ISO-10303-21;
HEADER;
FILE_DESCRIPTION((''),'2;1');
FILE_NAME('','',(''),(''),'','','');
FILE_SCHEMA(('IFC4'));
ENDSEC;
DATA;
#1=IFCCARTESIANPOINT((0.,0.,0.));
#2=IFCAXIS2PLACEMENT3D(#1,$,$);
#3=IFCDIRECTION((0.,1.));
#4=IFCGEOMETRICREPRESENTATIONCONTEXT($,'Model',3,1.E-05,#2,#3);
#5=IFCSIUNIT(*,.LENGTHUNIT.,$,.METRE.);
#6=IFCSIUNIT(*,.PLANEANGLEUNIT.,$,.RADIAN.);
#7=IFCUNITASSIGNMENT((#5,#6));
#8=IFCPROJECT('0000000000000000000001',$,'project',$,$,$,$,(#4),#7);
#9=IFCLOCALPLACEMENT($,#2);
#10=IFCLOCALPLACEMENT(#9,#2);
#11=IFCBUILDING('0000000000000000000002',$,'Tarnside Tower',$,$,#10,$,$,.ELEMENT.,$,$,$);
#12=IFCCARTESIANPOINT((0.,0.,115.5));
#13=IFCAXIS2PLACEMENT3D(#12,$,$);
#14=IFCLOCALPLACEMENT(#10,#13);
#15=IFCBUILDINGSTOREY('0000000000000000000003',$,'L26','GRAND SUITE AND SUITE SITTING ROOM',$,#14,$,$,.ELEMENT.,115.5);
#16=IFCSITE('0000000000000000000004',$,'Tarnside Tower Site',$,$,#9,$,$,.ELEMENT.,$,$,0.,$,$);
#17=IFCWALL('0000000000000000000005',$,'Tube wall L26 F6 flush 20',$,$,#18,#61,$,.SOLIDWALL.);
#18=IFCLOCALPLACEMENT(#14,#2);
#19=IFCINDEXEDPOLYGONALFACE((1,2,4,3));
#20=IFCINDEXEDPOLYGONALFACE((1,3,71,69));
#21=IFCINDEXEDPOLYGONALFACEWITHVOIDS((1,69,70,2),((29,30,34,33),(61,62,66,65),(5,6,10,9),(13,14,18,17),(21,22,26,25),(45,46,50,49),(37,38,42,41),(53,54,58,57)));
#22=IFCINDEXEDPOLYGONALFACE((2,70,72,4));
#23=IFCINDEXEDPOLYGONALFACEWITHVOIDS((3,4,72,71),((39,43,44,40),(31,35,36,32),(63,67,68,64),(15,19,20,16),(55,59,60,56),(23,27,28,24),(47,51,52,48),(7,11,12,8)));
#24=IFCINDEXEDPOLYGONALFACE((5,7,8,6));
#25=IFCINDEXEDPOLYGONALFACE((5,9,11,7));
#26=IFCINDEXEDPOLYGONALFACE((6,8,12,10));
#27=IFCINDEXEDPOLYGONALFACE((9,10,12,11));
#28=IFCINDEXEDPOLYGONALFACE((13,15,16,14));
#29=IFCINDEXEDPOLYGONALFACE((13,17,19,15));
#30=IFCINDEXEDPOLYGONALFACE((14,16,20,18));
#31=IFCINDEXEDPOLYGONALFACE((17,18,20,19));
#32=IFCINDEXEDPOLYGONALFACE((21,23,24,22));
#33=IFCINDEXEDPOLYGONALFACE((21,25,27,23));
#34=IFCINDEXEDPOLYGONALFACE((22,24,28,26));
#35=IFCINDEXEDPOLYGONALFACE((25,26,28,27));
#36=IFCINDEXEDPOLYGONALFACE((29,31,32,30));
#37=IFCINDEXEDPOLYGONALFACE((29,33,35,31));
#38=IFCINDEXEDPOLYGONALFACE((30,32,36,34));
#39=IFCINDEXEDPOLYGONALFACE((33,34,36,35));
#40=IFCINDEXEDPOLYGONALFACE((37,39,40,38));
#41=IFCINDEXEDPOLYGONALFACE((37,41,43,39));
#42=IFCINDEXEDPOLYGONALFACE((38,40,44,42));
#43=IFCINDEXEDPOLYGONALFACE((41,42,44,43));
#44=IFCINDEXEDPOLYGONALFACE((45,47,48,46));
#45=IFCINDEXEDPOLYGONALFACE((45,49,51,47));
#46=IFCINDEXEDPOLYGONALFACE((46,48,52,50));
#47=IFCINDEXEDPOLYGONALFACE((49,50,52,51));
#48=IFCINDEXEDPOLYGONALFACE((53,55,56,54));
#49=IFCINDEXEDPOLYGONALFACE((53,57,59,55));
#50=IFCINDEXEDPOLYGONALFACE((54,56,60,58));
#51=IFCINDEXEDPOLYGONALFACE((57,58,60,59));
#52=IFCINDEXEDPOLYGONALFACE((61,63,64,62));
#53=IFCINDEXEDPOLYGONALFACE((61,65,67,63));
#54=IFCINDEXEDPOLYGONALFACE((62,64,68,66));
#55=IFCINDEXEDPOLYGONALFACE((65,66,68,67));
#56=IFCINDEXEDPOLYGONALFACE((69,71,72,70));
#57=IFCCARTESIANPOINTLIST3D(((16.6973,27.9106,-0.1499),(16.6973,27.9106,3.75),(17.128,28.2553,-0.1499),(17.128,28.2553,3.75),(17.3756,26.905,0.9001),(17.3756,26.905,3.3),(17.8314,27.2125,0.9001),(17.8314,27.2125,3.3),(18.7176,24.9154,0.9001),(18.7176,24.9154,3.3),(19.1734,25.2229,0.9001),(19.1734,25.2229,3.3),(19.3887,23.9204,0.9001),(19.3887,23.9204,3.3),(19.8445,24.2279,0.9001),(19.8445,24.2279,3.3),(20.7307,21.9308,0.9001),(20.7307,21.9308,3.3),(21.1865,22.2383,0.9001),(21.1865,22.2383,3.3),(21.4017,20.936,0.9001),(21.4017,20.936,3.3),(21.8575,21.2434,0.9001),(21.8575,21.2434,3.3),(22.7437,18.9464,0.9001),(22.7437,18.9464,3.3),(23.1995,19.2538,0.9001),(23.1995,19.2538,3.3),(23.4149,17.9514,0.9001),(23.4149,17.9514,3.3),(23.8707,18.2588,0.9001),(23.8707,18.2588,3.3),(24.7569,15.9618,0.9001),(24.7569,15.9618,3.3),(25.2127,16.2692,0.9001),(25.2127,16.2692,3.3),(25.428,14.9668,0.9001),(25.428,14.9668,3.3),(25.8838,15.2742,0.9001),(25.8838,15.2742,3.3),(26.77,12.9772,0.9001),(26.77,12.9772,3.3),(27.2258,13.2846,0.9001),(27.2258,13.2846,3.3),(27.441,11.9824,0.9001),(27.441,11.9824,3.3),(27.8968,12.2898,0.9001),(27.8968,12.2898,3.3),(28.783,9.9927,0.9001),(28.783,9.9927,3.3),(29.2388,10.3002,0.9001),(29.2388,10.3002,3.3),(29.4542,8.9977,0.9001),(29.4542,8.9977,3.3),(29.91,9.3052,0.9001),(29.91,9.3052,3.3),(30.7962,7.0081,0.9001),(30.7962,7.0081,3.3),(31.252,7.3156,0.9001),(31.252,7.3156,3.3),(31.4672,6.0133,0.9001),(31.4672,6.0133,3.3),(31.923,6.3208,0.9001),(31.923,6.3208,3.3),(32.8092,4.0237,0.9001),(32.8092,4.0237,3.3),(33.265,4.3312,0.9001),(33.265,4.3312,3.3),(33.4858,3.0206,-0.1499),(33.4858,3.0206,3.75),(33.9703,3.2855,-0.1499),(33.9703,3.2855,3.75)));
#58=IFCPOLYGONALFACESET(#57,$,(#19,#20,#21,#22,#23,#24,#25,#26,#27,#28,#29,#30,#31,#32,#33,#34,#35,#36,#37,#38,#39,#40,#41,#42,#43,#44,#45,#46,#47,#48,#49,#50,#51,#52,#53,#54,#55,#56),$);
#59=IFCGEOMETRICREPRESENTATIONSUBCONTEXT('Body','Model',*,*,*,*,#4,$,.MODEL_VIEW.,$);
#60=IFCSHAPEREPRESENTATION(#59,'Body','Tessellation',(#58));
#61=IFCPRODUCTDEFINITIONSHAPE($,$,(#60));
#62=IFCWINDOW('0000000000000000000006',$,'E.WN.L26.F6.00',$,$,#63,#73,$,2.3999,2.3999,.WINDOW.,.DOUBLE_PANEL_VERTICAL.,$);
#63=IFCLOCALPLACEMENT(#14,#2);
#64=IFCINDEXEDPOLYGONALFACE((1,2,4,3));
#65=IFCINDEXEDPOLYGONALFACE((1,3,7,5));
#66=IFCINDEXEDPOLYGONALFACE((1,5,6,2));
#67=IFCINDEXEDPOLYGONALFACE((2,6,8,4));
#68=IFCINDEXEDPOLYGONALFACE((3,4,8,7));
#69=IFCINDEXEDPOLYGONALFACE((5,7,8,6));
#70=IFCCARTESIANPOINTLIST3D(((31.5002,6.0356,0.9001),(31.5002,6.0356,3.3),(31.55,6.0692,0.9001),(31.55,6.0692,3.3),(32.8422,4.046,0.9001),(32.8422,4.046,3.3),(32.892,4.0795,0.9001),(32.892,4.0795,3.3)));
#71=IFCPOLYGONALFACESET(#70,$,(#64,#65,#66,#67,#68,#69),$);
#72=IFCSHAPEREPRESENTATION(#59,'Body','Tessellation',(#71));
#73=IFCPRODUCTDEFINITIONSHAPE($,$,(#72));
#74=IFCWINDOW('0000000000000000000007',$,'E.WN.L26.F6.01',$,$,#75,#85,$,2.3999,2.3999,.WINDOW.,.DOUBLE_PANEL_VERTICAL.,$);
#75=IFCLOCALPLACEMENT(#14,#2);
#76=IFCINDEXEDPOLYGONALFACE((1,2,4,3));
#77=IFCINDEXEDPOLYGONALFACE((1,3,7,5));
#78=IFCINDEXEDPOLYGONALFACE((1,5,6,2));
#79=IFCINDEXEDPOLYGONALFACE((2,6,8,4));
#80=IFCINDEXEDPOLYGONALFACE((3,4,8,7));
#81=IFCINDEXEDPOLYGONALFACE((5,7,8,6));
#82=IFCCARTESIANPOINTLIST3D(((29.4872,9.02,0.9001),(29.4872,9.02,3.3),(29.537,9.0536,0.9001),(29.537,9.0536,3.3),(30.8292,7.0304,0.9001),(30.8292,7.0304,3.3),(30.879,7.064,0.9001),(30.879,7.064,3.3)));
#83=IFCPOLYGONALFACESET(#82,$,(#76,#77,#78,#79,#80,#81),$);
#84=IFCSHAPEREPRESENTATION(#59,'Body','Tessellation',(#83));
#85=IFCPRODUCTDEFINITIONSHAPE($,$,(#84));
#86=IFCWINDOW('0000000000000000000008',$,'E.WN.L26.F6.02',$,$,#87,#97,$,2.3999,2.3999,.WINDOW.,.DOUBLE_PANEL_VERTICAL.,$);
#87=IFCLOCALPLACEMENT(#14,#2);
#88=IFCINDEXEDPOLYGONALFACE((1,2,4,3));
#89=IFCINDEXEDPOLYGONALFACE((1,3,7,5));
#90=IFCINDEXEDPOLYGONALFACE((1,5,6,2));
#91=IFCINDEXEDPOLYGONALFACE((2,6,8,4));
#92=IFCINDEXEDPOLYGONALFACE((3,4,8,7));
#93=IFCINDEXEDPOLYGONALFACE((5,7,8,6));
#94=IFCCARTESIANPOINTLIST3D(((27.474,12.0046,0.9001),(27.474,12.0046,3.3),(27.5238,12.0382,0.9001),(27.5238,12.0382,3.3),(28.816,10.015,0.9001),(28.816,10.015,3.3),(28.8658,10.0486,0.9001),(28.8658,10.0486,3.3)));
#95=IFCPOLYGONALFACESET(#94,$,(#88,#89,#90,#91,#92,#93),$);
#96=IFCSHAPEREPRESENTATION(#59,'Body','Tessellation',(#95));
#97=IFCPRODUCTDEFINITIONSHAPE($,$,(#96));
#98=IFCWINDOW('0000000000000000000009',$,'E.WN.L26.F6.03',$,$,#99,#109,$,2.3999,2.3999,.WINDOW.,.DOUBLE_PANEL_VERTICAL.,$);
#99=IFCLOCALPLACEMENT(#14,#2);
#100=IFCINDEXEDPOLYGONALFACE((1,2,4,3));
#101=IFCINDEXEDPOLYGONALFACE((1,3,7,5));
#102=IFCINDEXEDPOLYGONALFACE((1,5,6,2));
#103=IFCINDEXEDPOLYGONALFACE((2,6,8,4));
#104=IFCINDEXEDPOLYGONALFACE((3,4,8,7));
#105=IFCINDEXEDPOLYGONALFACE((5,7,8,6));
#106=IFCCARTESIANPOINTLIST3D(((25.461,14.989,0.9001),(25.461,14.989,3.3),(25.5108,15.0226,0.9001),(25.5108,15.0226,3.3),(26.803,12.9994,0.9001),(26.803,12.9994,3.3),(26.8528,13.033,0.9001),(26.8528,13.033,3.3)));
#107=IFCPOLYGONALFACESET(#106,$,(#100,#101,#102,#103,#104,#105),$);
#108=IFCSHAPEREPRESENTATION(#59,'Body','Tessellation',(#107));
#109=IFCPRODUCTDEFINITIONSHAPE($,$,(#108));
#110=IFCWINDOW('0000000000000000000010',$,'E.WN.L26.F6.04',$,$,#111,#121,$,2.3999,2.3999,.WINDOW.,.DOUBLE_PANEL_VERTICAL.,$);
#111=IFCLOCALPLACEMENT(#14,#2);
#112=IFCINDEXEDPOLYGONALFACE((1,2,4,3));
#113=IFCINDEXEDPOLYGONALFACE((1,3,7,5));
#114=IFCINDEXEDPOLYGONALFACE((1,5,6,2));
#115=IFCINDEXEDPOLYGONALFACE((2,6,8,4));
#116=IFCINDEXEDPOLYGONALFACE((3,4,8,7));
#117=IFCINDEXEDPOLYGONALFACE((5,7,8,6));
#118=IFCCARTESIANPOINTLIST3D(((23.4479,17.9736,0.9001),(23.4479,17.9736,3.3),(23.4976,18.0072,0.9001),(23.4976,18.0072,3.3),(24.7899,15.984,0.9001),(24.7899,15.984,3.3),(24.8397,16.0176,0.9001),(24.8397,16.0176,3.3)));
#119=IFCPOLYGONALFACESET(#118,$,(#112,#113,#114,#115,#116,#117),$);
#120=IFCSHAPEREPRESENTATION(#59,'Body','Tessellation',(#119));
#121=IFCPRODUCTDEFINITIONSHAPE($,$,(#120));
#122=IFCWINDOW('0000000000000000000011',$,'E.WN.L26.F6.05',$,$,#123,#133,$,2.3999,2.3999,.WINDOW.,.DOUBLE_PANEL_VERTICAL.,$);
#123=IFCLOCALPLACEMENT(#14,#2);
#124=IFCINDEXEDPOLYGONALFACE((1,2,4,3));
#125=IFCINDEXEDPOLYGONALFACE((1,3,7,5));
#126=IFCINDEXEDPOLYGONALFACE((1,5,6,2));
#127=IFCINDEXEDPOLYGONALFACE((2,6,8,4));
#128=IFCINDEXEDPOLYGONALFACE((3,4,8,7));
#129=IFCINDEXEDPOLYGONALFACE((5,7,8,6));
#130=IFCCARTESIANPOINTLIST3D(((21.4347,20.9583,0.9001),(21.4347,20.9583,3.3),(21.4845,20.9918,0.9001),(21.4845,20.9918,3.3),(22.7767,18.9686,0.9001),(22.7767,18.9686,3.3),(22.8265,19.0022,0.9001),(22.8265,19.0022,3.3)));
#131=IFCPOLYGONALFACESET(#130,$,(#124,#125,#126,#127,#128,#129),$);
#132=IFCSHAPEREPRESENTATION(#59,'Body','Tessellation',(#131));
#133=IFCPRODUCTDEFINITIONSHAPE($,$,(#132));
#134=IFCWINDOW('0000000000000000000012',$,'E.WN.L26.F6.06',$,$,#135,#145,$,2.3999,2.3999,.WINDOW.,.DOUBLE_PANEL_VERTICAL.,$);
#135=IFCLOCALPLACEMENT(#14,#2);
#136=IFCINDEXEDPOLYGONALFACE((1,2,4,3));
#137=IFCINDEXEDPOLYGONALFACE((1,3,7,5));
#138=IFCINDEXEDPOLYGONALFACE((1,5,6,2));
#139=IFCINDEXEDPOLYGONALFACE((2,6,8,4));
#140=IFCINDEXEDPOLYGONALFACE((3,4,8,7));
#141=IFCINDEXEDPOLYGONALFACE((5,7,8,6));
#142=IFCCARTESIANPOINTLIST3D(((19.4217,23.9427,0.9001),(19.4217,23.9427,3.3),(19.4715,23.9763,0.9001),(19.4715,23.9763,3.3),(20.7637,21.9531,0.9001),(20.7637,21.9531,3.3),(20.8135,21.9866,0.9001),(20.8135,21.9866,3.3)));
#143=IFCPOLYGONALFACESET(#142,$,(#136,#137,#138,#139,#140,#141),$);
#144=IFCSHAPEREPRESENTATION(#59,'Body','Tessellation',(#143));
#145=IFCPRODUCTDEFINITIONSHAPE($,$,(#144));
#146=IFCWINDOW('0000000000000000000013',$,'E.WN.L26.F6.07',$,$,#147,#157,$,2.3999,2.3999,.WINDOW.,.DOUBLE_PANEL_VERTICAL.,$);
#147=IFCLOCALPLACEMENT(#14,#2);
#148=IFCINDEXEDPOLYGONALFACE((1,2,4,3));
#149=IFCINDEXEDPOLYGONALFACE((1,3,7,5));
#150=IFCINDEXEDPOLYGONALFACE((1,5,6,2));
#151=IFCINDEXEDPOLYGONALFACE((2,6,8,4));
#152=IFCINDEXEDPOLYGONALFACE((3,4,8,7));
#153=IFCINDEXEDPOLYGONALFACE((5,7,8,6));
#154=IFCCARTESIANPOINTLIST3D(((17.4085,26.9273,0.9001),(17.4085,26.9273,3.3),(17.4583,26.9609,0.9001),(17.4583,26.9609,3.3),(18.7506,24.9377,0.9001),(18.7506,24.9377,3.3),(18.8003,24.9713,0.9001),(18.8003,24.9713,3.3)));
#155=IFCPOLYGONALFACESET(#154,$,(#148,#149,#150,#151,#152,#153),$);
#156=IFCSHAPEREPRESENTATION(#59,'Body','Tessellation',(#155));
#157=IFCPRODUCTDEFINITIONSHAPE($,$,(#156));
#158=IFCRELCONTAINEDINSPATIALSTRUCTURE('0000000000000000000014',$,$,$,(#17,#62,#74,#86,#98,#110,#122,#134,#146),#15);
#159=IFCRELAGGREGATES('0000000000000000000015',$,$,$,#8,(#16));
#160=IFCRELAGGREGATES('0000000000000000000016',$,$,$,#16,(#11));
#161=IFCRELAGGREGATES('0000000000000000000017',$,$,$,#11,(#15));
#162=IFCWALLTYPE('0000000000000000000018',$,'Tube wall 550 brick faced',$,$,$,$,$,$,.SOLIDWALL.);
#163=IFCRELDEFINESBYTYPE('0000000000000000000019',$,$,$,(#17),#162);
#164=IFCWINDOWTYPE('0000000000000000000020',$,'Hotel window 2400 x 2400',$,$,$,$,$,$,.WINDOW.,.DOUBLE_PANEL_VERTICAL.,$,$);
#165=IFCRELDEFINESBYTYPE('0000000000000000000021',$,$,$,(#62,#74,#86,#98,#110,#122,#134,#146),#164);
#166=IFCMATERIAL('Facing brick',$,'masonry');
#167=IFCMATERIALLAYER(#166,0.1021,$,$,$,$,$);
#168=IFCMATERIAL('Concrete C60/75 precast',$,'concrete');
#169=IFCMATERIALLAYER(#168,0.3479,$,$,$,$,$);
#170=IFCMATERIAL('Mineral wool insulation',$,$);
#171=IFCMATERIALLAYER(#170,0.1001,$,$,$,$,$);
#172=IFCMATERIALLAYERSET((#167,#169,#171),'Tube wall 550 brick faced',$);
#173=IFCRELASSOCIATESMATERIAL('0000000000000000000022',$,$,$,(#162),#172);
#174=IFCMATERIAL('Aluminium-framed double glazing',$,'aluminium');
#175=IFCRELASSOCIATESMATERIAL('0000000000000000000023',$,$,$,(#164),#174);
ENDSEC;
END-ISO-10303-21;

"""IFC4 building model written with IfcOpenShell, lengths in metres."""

from ifc_helpers import new_model, si_unit, direction, frame, frame_2d, origin, place, context, subcontext, project, spatial, polyline, rectangle, outline, extrude, material, layer, layer_set, type_object, element, fill, save


model = new_model("IFC4")

# Units and contexts
model_context = context("Model", 3, precision=1e-05, world=origin(), true_north=direction((0.0, 1.0)))
body_context = subcontext(model_context, "Body", "Model", "MODEL_VIEW")
ifc_project = project(units=[si_unit("LENGTHUNIT", "METRE"), si_unit("PLANEANGLEUNIT", "RADIAN")], contexts=[model_context])

# Site, building, storey
site_placement = place(None, origin())
site = spatial("IfcSite", under=ifc_project, at=site_placement, Name="Tarnside Tower Site", CompositionType="ELEMENT", RefElevation=0.0)
building_placement = place(site_placement, origin())
building = spatial("IfcBuilding", under=site, at=building_placement, Name="Tarnside Tower", CompositionType="ELEMENT")
storey_placement = place(building_placement, frame((0.0, 0.0, 115.5)))
storey = spatial("IfcBuildingStorey", under=building, at=storey_placement, Name="L26", Description="GRAND SUITE AND SUITE SITTING ROOM", CompositionType="ELEMENT", Elevation=115.5)

# Shared definitions
ifc_material_1 = material(Name="Facing brick", Category="masonry")
ifc_layer_1 = layer(ifc_material_1, 0.1021)
ifc_material_2 = material(Name="Concrete C60/75 precast", Category="concrete")
ifc_layer_2 = layer(ifc_material_2, 0.3479)
ifc_material_3 = material(Name="Mineral wool insulation")
ifc_layer_3 = layer(ifc_material_3, 0.1001)
ifc_layer_set_1 = layer_set([ifc_layer_1, ifc_layer_2, ifc_layer_3], Name="Tube wall 550 brick faced")
wall_type_1 = type_object("IfcWallType", Name="Tube wall 550 brick faced", PredefinedType="SOLIDWALL", material=ifc_layer_set_1)

# Wall, openings, windows
wall_1_placement = place(storey_placement, frame((33.728, 3.1531, -0.1499), z_axis=(0.0, 0.0, 1.0), x_axis=(-0.559192, 0.829038, 0.0)))
wall_1 = element("IfcWall", 1, at=wall_1_placement, inside=storey, type_object=wall_type_1, Name="Tube wall L26 F6 flush 20", PredefinedType="SOLIDWALL", context=body_context, shape_type="SweptSolid", body=[
    extrude(outline(polyline([(-0.0256, -0.2749), (30.0933, -0.2749), (30.0483, 0.2749), (0.0256, 0.2749), (-0.0256, -0.2749)])), origin(), (0.0, 0.0, 1.0), 3.8999),
])
opening_1_placement = place(wall_1_placement, frame((1.2356, 0.0, 1.05)))
opening_1 = element("IfcOpeningElement", 2, at=opening_1_placement, cuts=wall_1, PredefinedType="OPENING", context=body_context, shape_type="SweptSolid", body=[
    extrude(rectangle(XDim=2.3999, YDim=2.3999, at=frame_2d((1.2, 1.2))), frame((0.0, 0.2852, 0.0), z_axis=(0.0, -1.0, 0.0), x_axis=(1.0, 0.0, 0.0)), (0.0, 0.0, 1.0), 0.5701),
])
opening_2_placement = place(wall_1_placement, frame((4.8354, 0.0, 1.05)))
opening_2 = element("IfcOpeningElement", 3, at=opening_2_placement, cuts=wall_1, PredefinedType="OPENING", context=body_context, shape_type="SweptSolid", body=[
    extrude(rectangle(XDim=2.3999, YDim=2.3999, at=frame_2d((1.2, 1.2))), frame((0.0, 0.2852, 0.0), z_axis=(0.0, -1.0, 0.0), x_axis=(1.0, 0.0, 0.0)), (0.0, 0.0, 1.0), 0.5701),
])
opening_3_placement = place(wall_1_placement, frame((8.4355, 0.0, 1.05)))
opening_3 = element("IfcOpeningElement", 4, at=opening_3_placement, cuts=wall_1, PredefinedType="OPENING", context=body_context, shape_type="SweptSolid", body=[
    extrude(rectangle(XDim=2.3999, YDim=2.3999, at=frame_2d((1.2, 1.2))), frame((0.0, 0.2852, 0.0), z_axis=(0.0, -1.0, 0.0), x_axis=(1.0, 0.0, 0.0)), (0.0, 0.0, 1.0), 0.5701),
])
opening_4_placement = place(wall_1_placement, frame((12.0354, 0.0, 1.05)))
opening_4 = element("IfcOpeningElement", 5, at=opening_4_placement, cuts=wall_1, PredefinedType="OPENING", context=body_context, shape_type="SweptSolid", body=[
    extrude(rectangle(XDim=2.3999, YDim=2.3999, at=frame_2d((1.2, 1.2))), frame((0.0, 0.2852, 0.0), z_axis=(0.0, -1.0, 0.0), x_axis=(1.0, 0.0, 0.0)), (0.0, 0.0, 1.0), 0.5701),
])
opening_5_placement = place(wall_1_placement, frame((15.6355, 0.0, 1.05)))
opening_5 = element("IfcOpeningElement", 6, at=opening_5_placement, cuts=wall_1, PredefinedType="OPENING", context=body_context, shape_type="SweptSolid", body=[
    extrude(rectangle(XDim=2.3999, YDim=2.3999, at=frame_2d((1.2, 1.2))), frame((0.0, 0.2852, 0.0), z_axis=(0.0, -1.0, 0.0), x_axis=(1.0, 0.0, 0.0)), (0.0, 0.0, 1.0), 0.5701),
])
opening_6_placement = place(wall_1_placement, frame((19.2356, 0.0, 1.05)))
opening_6 = element("IfcOpeningElement", 7, at=opening_6_placement, cuts=wall_1, PredefinedType="OPENING", context=body_context, shape_type="SweptSolid", body=[
    extrude(rectangle(XDim=2.3999, YDim=2.3999, at=frame_2d((1.2, 1.2))), frame((0.0, 0.2852, 0.0), z_axis=(0.0, -1.0, 0.0), x_axis=(1.0, 0.0, 0.0)), (0.0, 0.0, 1.0), 0.5701),
])
opening_7_placement = place(wall_1_placement, frame((22.8354, 0.0, 1.05)))
opening_7 = element("IfcOpeningElement", 8, at=opening_7_placement, cuts=wall_1, PredefinedType="OPENING", context=body_context, shape_type="SweptSolid", body=[
    extrude(rectangle(XDim=2.3999, YDim=2.3999, at=frame_2d((1.2, 1.2))), frame((0.0, 0.2852, 0.0), z_axis=(0.0, -1.0, 0.0), x_axis=(1.0, 0.0, 0.0)), (0.0, 0.0, 1.0), 0.5701),
])
opening_8_placement = place(wall_1_placement, frame((26.4355, 0.0, 1.05)))
opening_8 = element("IfcOpeningElement", 9, at=opening_8_placement, cuts=wall_1, PredefinedType="OPENING", context=body_context, shape_type="SweptSolid", body=[
    extrude(rectangle(XDim=2.3999, YDim=2.3999, at=frame_2d((1.2, 1.2))), frame((0.0, 0.2852, 0.0), z_axis=(0.0, -1.0, 0.0), x_axis=(1.0, 0.0, 0.0)), (0.0, 0.0, 1.0), 0.5701),
])
ifc_material_4 = material(Name="Aluminium-framed double glazing", Category="aluminium")
window_type = type_object("IfcWindowType", Name="Hotel window 2400 x 2400", PartitioningType="DOUBLE_PANEL_VERTICAL", PredefinedType="WINDOW", material=ifc_material_4)
window_1_placement = place(opening_1_placement, frame((0.0, 0.2051, 0.0)))
window_1 = element("IfcWindow", 10, at=window_1_placement, inside=storey, type_object=window_type, Name="E.WN.L26.F6.00", OverallHeight=2.3999, OverallWidth=2.3999, PartitioningType="DOUBLE_PANEL_VERTICAL", PredefinedType="WINDOW", context=body_context, shape_type="SweptSolid", body=[
    extrude(rectangle(XDim=2.3999, YDim=2.3999, at=frame_2d((1.2, 1.2))), frame((0.0, 0.03, 0.0), z_axis=(0.0, -1.0, 0.0), x_axis=(1.0, 0.0, 0.0)), (0.0, 0.0, 1.0), 0.0601),
])
fill(opening_1, window_1)
window_2_placement = place(opening_2_placement, frame((0.0, 0.2051, 0.0)))
window_2 = element("IfcWindow", 11, at=window_2_placement, inside=storey, type_object=window_type, Name="E.WN.L26.F6.01", OverallHeight=2.3999, OverallWidth=2.3999, PartitioningType="DOUBLE_PANEL_VERTICAL", PredefinedType="WINDOW", context=body_context, shape_type="SweptSolid", body=[
    extrude(rectangle(XDim=2.3999, YDim=2.3999, at=frame_2d((1.2, 1.2))), frame((0.0, 0.03, 0.0), z_axis=(0.0, -1.0, 0.0), x_axis=(1.0, 0.0, 0.0)), (0.0, 0.0, 1.0), 0.0601),
])
fill(opening_2, window_2)
window_3_placement = place(opening_3_placement, frame((0.0, 0.2051, 0.0)))
window_3 = element("IfcWindow", 12, at=window_3_placement, inside=storey, type_object=window_type, Name="E.WN.L26.F6.02", OverallHeight=2.3999, OverallWidth=2.3999, PartitioningType="DOUBLE_PANEL_VERTICAL", PredefinedType="WINDOW", context=body_context, shape_type="SweptSolid", body=[
    extrude(rectangle(XDim=2.3999, YDim=2.3999, at=frame_2d((1.2, 1.2))), frame((0.0, 0.03, 0.0), z_axis=(0.0, -1.0, 0.0), x_axis=(1.0, 0.0, 0.0)), (0.0, 0.0, 1.0), 0.0601),
])
fill(opening_3, window_3)
window_4_placement = place(opening_4_placement, frame((0.0, 0.2051, 0.0)))
window_4 = element("IfcWindow", 13, at=window_4_placement, inside=storey, type_object=window_type, Name="E.WN.L26.F6.03", OverallHeight=2.3999, OverallWidth=2.3999, PartitioningType="DOUBLE_PANEL_VERTICAL", PredefinedType="WINDOW", context=body_context, shape_type="SweptSolid", body=[
    extrude(rectangle(XDim=2.3999, YDim=2.3999, at=frame_2d((1.2, 1.2))), frame((0.0, 0.03, 0.0), z_axis=(0.0, -1.0, 0.0), x_axis=(1.0, 0.0, 0.0)), (0.0, 0.0, 1.0), 0.0601),
])
fill(opening_4, window_4)
window_5_placement = place(opening_5_placement, frame((0.0, 0.2051, 0.0)))
window_5 = element("IfcWindow", 14, at=window_5_placement, inside=storey, type_object=window_type, Name="E.WN.L26.F6.04", OverallHeight=2.3999, OverallWidth=2.3999, PartitioningType="DOUBLE_PANEL_VERTICAL", PredefinedType="WINDOW", context=body_context, shape_type="SweptSolid", body=[
    extrude(rectangle(XDim=2.3999, YDim=2.3999, at=frame_2d((1.2, 1.2))), frame((0.0, 0.03, 0.0), z_axis=(0.0, -1.0, 0.0), x_axis=(1.0, 0.0, 0.0)), (0.0, 0.0, 1.0), 0.0601),
])
fill(opening_5, window_5)
window_6_placement = place(opening_6_placement, frame((0.0, 0.2051, 0.0)))
window_6 = element("IfcWindow", 15, at=window_6_placement, inside=storey, type_object=window_type, Name="E.WN.L26.F6.05", OverallHeight=2.3999, OverallWidth=2.3999, PartitioningType="DOUBLE_PANEL_VERTICAL", PredefinedType="WINDOW", context=body_context, shape_type="SweptSolid", body=[
    extrude(rectangle(XDim=2.3999, YDim=2.3999, at=frame_2d((1.2, 1.2))), frame((0.0, 0.03, 0.0), z_axis=(0.0, -1.0, 0.0), x_axis=(1.0, 0.0, 0.0)), (0.0, 0.0, 1.0), 0.0601),
])
fill(opening_6, window_6)
window_7_placement = place(opening_7_placement, frame((0.0, 0.2051, 0.0)))
window_7 = element("IfcWindow", 16, at=window_7_placement, inside=storey, type_object=window_type, Name="E.WN.L26.F6.06", OverallHeight=2.3999, OverallWidth=2.3999, PartitioningType="DOUBLE_PANEL_VERTICAL", PredefinedType="WINDOW", context=body_context, shape_type="SweptSolid", body=[
    extrude(rectangle(XDim=2.3999, YDim=2.3999, at=frame_2d((1.2, 1.2))), frame((0.0, 0.03, 0.0), z_axis=(0.0, -1.0, 0.0), x_axis=(1.0, 0.0, 0.0)), (0.0, 0.0, 1.0), 0.0601),
])
fill(opening_7, window_7)
window_8_placement = place(opening_8_placement, frame((0.0, 0.2051, 0.0)))
window_8 = element("IfcWindow", 17, at=window_8_placement, inside=storey, type_object=window_type, Name="E.WN.L26.F6.07", OverallHeight=2.3999, OverallWidth=2.3999, PartitioningType="DOUBLE_PANEL_VERTICAL", PredefinedType="WINDOW", context=body_context, shape_type="SweptSolid", body=[
    extrude(rectangle(XDim=2.3999, YDim=2.3999, at=frame_2d((1.2, 1.2))), frame((0.0, 0.03, 0.0), z_axis=(0.0, -1.0, 0.0), x_axis=(1.0, 0.0, 0.0)), (0.0, 0.0, 1.0), 0.0601),
])
fill(opening_8, window_8)

save(model, "model.ifc")
